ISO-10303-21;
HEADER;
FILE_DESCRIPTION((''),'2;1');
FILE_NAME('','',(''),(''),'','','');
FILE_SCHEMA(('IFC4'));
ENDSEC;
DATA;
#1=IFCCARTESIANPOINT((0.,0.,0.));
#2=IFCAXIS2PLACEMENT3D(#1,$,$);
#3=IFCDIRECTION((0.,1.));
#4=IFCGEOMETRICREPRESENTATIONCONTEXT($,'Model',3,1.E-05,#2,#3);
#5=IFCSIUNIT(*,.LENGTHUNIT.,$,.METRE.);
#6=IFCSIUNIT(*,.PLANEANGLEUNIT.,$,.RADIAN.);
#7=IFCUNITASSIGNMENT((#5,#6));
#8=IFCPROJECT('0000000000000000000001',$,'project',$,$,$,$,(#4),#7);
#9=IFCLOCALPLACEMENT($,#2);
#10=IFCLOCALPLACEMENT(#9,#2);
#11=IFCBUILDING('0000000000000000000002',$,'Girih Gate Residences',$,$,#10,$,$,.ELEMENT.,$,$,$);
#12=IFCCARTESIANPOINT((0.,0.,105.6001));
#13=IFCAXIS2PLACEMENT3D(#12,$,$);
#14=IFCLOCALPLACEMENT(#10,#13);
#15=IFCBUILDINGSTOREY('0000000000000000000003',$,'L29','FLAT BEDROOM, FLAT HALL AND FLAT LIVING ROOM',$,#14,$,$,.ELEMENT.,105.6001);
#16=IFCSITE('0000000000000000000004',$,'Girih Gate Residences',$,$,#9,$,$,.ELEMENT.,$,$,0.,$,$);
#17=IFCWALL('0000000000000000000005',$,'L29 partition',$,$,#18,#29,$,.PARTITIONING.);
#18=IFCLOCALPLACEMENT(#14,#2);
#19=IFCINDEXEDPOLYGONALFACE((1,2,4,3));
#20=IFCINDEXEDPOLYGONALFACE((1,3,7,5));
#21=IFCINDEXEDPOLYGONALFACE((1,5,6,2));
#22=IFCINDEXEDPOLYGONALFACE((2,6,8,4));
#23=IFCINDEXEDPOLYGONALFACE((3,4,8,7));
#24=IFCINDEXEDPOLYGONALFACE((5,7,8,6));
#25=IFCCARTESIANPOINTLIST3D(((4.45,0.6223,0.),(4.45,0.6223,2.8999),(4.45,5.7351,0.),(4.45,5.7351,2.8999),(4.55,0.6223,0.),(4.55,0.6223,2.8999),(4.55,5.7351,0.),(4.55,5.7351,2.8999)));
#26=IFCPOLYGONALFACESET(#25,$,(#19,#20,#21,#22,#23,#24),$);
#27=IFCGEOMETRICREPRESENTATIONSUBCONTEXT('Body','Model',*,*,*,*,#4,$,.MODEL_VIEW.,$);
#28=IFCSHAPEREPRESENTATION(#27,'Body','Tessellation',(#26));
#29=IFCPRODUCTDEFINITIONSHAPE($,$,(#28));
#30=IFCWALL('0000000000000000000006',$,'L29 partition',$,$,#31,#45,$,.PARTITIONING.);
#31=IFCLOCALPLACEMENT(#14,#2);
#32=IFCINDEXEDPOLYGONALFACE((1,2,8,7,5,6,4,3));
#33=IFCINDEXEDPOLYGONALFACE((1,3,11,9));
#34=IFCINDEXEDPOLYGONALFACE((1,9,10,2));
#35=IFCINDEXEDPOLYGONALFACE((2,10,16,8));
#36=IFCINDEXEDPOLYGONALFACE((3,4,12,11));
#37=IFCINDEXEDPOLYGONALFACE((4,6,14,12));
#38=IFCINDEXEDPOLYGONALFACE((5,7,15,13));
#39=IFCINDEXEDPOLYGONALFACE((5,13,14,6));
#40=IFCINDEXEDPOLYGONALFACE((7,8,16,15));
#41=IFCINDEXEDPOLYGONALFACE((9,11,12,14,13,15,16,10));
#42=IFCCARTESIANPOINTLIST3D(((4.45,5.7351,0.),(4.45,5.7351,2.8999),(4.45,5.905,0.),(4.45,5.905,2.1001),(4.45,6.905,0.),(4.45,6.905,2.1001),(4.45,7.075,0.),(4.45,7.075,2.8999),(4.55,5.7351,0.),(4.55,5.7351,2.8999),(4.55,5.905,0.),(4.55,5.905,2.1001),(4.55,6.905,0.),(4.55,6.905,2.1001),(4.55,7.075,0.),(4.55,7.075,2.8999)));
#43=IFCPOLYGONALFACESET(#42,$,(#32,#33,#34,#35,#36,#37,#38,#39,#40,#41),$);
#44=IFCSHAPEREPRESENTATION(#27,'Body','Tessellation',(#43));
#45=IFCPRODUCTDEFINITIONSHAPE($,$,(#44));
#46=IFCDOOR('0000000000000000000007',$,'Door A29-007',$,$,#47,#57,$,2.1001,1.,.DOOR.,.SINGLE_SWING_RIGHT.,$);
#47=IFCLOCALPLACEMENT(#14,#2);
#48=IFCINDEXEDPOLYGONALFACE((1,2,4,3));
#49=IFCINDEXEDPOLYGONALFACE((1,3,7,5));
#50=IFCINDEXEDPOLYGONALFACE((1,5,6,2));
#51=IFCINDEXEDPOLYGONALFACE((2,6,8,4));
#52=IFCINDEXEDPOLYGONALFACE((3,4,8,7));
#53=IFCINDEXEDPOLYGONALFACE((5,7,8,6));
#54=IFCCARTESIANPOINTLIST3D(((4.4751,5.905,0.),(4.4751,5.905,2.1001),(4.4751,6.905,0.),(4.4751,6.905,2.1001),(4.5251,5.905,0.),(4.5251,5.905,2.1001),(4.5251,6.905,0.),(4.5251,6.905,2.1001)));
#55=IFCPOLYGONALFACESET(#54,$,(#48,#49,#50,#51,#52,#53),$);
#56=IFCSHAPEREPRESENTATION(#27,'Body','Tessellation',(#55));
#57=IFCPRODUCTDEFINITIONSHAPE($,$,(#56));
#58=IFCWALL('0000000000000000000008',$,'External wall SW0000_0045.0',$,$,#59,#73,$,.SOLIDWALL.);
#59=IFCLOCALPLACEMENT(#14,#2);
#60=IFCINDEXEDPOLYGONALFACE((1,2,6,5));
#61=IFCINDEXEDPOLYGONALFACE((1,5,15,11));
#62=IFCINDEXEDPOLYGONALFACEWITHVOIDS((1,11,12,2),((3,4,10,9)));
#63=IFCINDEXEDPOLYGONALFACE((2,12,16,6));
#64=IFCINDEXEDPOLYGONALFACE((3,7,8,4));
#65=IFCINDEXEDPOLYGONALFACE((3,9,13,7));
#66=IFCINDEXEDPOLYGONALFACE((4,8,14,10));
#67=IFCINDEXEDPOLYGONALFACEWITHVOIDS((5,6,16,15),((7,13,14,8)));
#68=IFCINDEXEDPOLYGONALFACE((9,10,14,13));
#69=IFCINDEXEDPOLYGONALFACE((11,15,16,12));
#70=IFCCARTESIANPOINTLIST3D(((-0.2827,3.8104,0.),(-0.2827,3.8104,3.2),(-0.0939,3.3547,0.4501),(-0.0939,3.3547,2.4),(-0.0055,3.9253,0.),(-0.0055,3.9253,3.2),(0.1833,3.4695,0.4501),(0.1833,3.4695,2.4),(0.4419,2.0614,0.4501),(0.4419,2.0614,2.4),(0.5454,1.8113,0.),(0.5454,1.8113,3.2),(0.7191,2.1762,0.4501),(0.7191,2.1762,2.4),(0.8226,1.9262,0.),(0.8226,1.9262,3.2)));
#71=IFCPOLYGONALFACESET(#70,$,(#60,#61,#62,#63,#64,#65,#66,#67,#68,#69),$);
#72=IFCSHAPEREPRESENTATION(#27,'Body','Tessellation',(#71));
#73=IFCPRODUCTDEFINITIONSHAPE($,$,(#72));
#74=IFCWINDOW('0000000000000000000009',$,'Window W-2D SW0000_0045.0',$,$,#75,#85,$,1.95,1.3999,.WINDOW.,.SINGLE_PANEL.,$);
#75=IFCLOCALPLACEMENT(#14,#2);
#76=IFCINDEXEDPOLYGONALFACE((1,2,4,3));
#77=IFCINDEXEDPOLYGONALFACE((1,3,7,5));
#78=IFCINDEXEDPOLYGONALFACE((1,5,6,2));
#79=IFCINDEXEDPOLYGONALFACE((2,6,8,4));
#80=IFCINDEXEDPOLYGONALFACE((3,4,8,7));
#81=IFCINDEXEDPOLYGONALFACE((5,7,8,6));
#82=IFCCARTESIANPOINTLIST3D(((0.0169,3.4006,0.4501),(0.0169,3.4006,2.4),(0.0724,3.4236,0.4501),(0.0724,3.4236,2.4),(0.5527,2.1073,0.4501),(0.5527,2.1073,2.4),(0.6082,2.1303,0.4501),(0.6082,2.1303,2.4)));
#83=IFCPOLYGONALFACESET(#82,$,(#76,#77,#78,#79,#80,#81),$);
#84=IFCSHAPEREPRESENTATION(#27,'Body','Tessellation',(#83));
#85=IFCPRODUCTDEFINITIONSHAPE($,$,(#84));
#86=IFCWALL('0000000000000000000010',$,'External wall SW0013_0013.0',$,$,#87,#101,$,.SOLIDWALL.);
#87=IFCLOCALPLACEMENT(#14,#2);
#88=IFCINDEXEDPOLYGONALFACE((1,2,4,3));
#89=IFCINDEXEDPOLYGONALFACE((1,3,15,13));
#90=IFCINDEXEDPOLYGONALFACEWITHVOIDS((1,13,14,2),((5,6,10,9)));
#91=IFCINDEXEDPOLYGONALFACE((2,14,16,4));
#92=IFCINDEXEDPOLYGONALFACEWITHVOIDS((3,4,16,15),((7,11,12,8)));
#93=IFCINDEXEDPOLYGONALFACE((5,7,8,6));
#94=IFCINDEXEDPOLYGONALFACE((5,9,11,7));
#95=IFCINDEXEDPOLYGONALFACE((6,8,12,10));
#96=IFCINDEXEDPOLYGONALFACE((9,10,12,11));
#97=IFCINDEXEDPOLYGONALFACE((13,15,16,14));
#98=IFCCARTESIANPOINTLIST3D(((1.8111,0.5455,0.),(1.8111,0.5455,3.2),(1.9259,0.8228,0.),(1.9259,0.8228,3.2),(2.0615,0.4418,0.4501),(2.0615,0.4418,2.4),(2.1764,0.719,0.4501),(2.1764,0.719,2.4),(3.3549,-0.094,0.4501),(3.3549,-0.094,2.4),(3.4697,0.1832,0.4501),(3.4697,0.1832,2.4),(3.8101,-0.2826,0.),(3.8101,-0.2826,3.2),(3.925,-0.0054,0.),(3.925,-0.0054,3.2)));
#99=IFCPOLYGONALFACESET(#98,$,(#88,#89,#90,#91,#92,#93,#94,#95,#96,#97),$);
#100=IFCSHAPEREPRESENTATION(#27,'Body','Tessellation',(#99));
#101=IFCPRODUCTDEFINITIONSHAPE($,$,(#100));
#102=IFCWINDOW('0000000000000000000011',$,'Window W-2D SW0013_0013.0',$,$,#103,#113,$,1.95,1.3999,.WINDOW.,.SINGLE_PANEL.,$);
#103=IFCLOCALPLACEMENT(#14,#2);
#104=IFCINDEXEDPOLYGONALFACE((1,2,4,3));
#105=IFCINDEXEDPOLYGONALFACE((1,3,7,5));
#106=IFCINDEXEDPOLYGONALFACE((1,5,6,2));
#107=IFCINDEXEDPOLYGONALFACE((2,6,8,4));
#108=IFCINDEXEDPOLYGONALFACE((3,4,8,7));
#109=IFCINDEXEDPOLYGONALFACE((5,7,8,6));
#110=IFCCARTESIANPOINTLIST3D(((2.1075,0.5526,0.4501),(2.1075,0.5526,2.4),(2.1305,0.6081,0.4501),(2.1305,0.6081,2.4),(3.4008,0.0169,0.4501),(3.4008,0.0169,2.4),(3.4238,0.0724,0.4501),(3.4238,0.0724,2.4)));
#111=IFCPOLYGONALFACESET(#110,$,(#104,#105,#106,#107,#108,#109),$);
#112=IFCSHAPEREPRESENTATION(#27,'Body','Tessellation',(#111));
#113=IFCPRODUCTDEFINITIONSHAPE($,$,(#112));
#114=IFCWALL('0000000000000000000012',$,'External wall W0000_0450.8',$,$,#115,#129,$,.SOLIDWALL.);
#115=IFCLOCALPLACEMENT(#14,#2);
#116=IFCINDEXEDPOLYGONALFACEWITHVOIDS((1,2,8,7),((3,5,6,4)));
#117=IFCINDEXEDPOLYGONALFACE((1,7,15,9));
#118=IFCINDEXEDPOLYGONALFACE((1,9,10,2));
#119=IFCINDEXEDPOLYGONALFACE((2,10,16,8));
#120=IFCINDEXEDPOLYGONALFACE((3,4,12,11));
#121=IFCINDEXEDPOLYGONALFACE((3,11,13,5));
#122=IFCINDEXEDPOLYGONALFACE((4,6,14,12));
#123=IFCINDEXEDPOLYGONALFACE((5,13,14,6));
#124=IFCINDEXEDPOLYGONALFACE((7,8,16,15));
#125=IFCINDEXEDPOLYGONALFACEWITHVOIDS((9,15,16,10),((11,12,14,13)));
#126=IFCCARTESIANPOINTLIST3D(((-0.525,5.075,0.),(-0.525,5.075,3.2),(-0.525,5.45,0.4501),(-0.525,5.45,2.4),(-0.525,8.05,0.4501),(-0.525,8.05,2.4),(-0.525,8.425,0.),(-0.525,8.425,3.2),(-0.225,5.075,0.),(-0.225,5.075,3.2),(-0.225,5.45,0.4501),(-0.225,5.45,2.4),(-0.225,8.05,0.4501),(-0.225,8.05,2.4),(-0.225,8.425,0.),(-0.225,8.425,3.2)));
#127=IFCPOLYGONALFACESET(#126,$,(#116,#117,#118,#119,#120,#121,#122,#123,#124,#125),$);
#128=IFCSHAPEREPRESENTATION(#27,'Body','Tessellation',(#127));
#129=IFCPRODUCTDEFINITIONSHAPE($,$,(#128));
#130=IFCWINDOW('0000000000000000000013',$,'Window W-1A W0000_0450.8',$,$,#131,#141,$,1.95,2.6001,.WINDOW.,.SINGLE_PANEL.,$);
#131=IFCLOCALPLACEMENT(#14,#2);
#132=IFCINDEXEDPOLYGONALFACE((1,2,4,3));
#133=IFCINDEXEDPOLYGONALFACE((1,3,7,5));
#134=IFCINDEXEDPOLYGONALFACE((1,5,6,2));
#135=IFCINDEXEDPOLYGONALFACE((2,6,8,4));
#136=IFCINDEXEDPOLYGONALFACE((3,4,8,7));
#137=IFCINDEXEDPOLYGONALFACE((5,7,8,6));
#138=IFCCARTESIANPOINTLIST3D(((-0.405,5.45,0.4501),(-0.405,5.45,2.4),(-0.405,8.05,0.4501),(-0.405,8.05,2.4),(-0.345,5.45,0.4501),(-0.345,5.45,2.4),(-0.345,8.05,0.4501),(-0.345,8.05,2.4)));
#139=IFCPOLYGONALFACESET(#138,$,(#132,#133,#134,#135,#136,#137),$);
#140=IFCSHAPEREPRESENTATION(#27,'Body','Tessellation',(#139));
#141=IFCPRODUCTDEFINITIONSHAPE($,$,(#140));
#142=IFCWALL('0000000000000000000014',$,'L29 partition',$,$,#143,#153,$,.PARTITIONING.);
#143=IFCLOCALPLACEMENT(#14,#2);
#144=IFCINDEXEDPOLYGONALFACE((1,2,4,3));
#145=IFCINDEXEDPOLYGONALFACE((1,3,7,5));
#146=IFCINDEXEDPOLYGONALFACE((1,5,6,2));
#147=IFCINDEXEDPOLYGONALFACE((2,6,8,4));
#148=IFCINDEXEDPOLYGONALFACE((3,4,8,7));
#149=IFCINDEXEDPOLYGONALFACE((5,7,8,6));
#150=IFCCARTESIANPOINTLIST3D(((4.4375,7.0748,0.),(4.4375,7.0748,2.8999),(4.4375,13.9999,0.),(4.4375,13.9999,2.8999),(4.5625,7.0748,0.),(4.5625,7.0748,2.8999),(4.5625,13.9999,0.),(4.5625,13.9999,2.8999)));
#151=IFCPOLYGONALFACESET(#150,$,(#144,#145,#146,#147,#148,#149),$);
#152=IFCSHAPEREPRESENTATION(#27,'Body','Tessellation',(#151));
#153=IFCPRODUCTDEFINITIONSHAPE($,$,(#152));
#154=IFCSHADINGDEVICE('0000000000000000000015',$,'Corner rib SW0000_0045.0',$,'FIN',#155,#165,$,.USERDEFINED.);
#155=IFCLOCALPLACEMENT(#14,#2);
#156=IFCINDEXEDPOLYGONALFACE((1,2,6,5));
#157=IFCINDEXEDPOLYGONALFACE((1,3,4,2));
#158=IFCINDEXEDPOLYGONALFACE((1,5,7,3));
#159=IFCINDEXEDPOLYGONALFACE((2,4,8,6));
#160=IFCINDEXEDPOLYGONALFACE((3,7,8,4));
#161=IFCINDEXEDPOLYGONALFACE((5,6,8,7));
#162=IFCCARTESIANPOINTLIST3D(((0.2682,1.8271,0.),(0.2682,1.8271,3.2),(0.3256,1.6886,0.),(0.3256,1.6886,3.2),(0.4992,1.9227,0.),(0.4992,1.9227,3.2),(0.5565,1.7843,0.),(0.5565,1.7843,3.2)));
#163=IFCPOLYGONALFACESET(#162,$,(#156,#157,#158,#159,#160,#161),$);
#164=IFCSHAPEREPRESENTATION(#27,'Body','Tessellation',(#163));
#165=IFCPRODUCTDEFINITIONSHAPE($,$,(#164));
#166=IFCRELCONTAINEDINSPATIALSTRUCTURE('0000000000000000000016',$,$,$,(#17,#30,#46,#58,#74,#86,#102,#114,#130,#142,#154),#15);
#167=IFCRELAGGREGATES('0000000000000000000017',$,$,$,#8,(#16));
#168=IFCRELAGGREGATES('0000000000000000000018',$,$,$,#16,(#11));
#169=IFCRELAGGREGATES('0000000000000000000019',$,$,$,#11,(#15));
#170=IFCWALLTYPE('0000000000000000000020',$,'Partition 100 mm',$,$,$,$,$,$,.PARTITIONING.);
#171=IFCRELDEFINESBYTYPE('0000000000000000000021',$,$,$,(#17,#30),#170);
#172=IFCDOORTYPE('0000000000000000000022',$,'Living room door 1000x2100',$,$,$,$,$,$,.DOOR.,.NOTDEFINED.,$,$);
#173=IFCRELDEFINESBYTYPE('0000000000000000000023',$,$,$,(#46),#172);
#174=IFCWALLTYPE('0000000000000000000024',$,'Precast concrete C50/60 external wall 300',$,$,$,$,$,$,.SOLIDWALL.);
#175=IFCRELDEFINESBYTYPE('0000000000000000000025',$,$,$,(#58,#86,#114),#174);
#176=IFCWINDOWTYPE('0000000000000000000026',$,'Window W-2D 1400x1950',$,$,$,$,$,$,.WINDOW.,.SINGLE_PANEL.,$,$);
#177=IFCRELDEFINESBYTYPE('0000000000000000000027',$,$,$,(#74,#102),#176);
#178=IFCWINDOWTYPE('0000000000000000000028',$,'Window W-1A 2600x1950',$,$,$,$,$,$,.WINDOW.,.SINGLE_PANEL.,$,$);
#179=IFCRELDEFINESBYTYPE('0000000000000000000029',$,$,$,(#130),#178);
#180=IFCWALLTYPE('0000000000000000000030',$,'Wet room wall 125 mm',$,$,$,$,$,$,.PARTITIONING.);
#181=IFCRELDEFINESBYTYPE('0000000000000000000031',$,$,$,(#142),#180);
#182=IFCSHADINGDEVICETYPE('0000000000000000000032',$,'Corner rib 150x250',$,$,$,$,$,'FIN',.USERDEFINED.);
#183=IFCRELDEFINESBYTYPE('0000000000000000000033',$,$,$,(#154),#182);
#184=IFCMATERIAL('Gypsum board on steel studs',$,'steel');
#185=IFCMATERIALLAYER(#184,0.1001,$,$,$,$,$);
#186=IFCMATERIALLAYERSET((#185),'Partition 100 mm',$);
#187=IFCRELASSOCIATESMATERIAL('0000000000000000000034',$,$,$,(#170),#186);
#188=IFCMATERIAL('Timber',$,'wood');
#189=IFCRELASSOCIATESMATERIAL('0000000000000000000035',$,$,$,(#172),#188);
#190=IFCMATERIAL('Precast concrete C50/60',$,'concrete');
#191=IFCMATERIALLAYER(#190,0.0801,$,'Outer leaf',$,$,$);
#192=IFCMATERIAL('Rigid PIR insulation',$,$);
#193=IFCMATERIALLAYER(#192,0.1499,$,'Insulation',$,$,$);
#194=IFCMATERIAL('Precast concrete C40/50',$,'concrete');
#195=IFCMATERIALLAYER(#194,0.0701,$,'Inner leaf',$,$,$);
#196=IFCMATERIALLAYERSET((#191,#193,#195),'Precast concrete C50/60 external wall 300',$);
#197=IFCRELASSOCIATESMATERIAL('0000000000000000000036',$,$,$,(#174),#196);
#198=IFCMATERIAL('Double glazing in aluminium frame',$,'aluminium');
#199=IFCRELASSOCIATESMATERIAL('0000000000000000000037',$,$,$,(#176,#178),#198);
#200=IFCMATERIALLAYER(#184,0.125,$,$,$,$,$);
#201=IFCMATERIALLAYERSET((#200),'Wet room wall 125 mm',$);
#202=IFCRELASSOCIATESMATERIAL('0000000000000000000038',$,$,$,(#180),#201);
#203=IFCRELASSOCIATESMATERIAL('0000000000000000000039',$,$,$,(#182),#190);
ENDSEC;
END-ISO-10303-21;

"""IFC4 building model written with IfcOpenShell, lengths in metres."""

from ifc_helpers import new_model, si_unit, direction, frame, frame_2d, origin, origin_2d, place, context, subcontext, project, spatial, rectangle, extrude, material, layer, layer_set, type_object, element, fill, save


model = new_model("IFC4")

# Units and contexts
model_context = context("Model", 3, precision=1e-05, world=origin(), true_north=direction((0.0, 1.0)))
body_context = subcontext(model_context, "Body", "Model", "MODEL_VIEW")
ifc_project = project(units=[si_unit("LENGTHUNIT", "METRE"), si_unit("PLANEANGLEUNIT", "RADIAN")], contexts=[model_context])

# Site, building, storey
site_placement = place(None, origin())
site = spatial("IfcSite", under=ifc_project, at=site_placement, Name="Girih Gate Residences", CompositionType="ELEMENT", RefElevation=0.0)
building_placement = place(site_placement, origin())
building = spatial("IfcBuilding", under=site, at=building_placement, Name="Girih Gate Residences", CompositionType="ELEMENT")
storey_placement = place(building_placement, frame((0.0, 0.0, 105.6001)))
storey = spatial("IfcBuildingStorey", under=building, at=storey_placement, Name="L29", Description="FLAT BEDROOM, FLAT HALL AND FLAT LIVING ROOM", CompositionType="ELEMENT", Elevation=105.6001)

# Wall
ifc_material_1 = material(Name="Gypsum board on steel studs", Category="steel")
ifc_layer_1 = layer(ifc_material_1, 0.1001)
ifc_layer_set_1 = layer_set([ifc_layer_1], Name="Partition 100 mm")
wall_type_1 = type_object("IfcWallType", Name="Partition 100 mm", PredefinedType="PARTITIONING", material=ifc_layer_set_1)
wall_1_placement = place(storey_placement, frame((4.5, 0.6223, 0.0), z_axis=(0.0, 0.0, 1.0), x_axis=(0.0, 1.0, 0.0)))
element("IfcWall", 1, at=wall_1_placement, inside=storey, type_object=wall_type_1, Name="L29 partition", PredefinedType="PARTITIONING", context=body_context, shape_type="SweptSolid", body=[
    extrude(rectangle(XDim=5.1128, YDim=0.1001, at=frame_2d((2.5564, 0.0))), origin(), (0.0, 0.0, 1.0), 2.8999),
])

# Wall, opening, door
wall_2_placement = place(storey_placement, frame((4.5, 5.7351, 0.0), z_axis=(0.0, 0.0, 1.0), x_axis=(0.0, 1.0, 0.0)))
wall_2 = element("IfcWall", 2, at=wall_2_placement, inside=storey, type_object=wall_type_1, Name="L29 partition", PredefinedType="PARTITIONING", context=body_context, shape_type="SweptSolid", body=[
    extrude(rectangle(XDim=1.3398, YDim=0.1001, at=frame_2d((0.6699, 0.0))), origin(), (0.0, 0.0, 1.0), 2.8999),
])
opening_1_placement = place(wall_2_placement, frame((0.1699, 0.0, 0.0)))
opening_1 = element("IfcOpeningElement", 3, at=opening_1_placement, cuts=wall_2, PredefinedType="OPENING", context=body_context, shape_type="SweptSolid", body=[
    extrude(rectangle(XDim=1.0, YDim=2.1001, at=frame_2d((0.5, 1.05))), frame((0.0, 0.0601, 0.0), z_axis=(0.0, -1.0, 0.0), x_axis=(1.0, 0.0, 0.0)), (0.0, 0.0, 1.0), 0.1201),
])
ifc_material_2 = material(Name="Timber", Category="wood")
door_type = type_object("IfcDoorType", Name="Living room door 1000x2100", OperationType="NOTDEFINED", PredefinedType="DOOR", material=ifc_material_2)
door_placement = place(opening_1_placement, origin())
door = element("IfcDoor", 4, at=door_placement, inside=storey, type_object=door_type, Name="Door A29-007", OperationType="SINGLE_SWING_RIGHT", OverallHeight=2.1001, OverallWidth=1.0, PredefinedType="DOOR", context=body_context, shape_type="SweptSolid", body=[
    extrude(rectangle(XDim=1.0, YDim=2.1001, at=frame_2d((0.5, 1.05))), frame((0.0, 0.0249, 0.0), z_axis=(0.0, -1.0, 0.0), x_axis=(1.0, 0.0, 0.0)), (0.0, 0.0, 1.0), 0.05),
])
fill(opening_1, door)

# Walls, openings, windows
ifc_material_3 = material(Name="Precast concrete C50/60", Category="concrete")
ifc_layer_2 = layer(ifc_material_3, 0.0801, Name="Outer leaf")
ifc_material_4 = material(Name="Rigid PIR insulation")
ifc_layer_3 = layer(ifc_material_4, 0.1499, Name="Insulation")
ifc_material_5 = material(Name="Precast concrete C40/50", Category="concrete")
ifc_layer_4 = layer(ifc_material_5, 0.0701, Name="Inner leaf")
ifc_layer_set_2 = layer_set([ifc_layer_2, ifc_layer_3, ifc_layer_4], Name="Precast concrete C50/60 external wall 300")
wall_type_2 = type_object("IfcWallType", Name="Precast concrete C50/60 external wall 300", PredefinedType="SOLIDWALL", material=ifc_layer_set_2)
wall_3_placement = place(storey_placement, frame((0.6841, 1.8687, 0.0), z_axis=(0.0, 0.0, 1.0), x_axis=(-0.382724, 0.923863, 0.0)))
wall_3 = element("IfcWall", 5, at=wall_3_placement, inside=storey, type_object=wall_type_2, Name="External wall SW0000_0045.0", PredefinedType="SOLIDWALL", context=body_context, shape_type="SweptSolid", body=[
    extrude(rectangle(XDim=2.1638, YDim=0.3, at=frame_2d((1.082, 0.0))), origin(), (0.0, 0.0, 1.0), 3.2),
])
opening_2_placement = place(wall_3_placement, frame((0.2708, 0.0, 0.45)))
opening_2 = element("IfcOpeningElement", 6, at=opening_2_placement, cuts=wall_3, PredefinedType="OPENING", context=body_context, shape_type="SweptSolid", body=[
    extrude(rectangle(XDim=1.3999, YDim=1.95, at=frame_2d((0.7, 0.9751))), frame((0.0, 0.1599, 0.0), z_axis=(0.0, -1.0, 0.0), x_axis=(1.0, 0.0, 0.0)), (0.0, 0.0, 1.0), 0.3201),
])
ifc_material_6 = material(Name="Double glazing in aluminium frame", Category="aluminium")
window_type_1 = type_object("IfcWindowType", Name="Window W-2D 1400x1950", PartitioningType="SINGLE_PANEL", PredefinedType="WINDOW", material=ifc_material_6)
window_1_placement = place(opening_2_placement, origin())
window_1 = element("IfcWindow", 7, at=window_1_placement, inside=storey, type_object=window_type_1, Name="Window W-2D SW0000_0045.0", OverallHeight=1.95, OverallWidth=1.3999, PartitioningType="SINGLE_PANEL", PredefinedType="WINDOW", context=body_context, shape_type="SweptSolid", body=[
    extrude(rectangle(XDim=1.3999, YDim=1.95, at=frame_2d((0.7, 0.9751))), frame((0.0, 0.03, 0.0), z_axis=(0.0, -1.0, 0.0), x_axis=(1.0, 0.0, 0.0)), (0.0, 0.0, 1.0), 0.0601),
])
fill(opening_2, window_1)
wall_4_placement = place(storey_placement, frame((3.8677, -0.144, 0.0), z_axis=(0.0, 0.0, 1.0), x_axis=(-0.923863, 0.382724, 0.0)))
wall_4 = element("IfcWall", 8, at=wall_4_placement, inside=storey, type_object=wall_type_2, Name="External wall SW0013_0013.0", PredefinedType="SOLIDWALL", context=body_context, shape_type="SweptSolid", body=[
    extrude(rectangle(XDim=2.1638, YDim=0.3, at=frame_2d((1.082, 0.0))), origin(), (0.0, 0.0, 1.0), 3.2),
])
opening_3_placement = place(wall_4_placement, frame((0.4929, 0.0, 0.45)))
opening_3 = element("IfcOpeningElement", 9, at=opening_3_placement, cuts=wall_4, PredefinedType="OPENING", context=body_context, shape_type="SweptSolid", body=[
    extrude(rectangle(XDim=1.3999, YDim=1.95, at=frame_2d((0.7, 0.9751))), frame((0.0, 0.1599, 0.0), z_axis=(0.0, -1.0, 0.0), x_axis=(1.0, 0.0, 0.0)), (0.0, 0.0, 1.0), 0.3201),
])
window_2_placement = place(opening_3_placement, origin())
window_2 = element("IfcWindow", 10, at=window_2_placement, inside=storey, type_object=window_type_1, Name="Window W-2D SW0013_0013.0", OverallHeight=1.95, OverallWidth=1.3999, PartitioningType="SINGLE_PANEL", PredefinedType="WINDOW", context=body_context, shape_type="SweptSolid", body=[
    extrude(rectangle(XDim=1.3999, YDim=1.95, at=frame_2d((0.7, 0.9751))), frame((0.0, 0.03, 0.0), z_axis=(0.0, -1.0, 0.0), x_axis=(1.0, 0.0, 0.0)), (0.0, 0.0, 1.0), 0.0601),
])
fill(opening_3, window_2)
wall_5_placement = place(storey_placement, frame((-0.375, 5.075, 0.0), z_axis=(0.0, 0.0, 1.0), x_axis=(0.0, 1.0, 0.0)))
wall_5 = element("IfcWall", 11, at=wall_5_placement, inside=storey, type_object=wall_type_2, Name="External wall W0000_0450.8", PredefinedType="SOLIDWALL", context=body_context, shape_type="SweptSolid", body=[
    extrude(rectangle(XDim=3.3501, YDim=0.3, at=frame_2d((1.675, 0.0))), origin(), (0.0, 0.0, 1.0), 3.2),
])
opening_4_placement = place(wall_5_placement, frame((0.375, 0.0, 0.45)))
opening_4 = element("IfcOpeningElement", 12, at=opening_4_placement, cuts=wall_5, PredefinedType="OPENING", context=body_context, shape_type="SweptSolid", body=[
    extrude(rectangle(XDim=2.6001, YDim=1.95, at=frame_2d((1.3, 0.9751))), frame((0.0, 0.1599, 0.0), z_axis=(0.0, -1.0, 0.0), x_axis=(1.0, 0.0, 0.0)), (0.0, 0.0, 1.0), 0.3201),
])
window_type_2 = type_object("IfcWindowType", Name="Window W-1A 2600x1950", PartitioningType="SINGLE_PANEL", PredefinedType="WINDOW", material=ifc_material_6)
window_3_placement = place(opening_4_placement, origin())
window_3 = element("IfcWindow", 13, at=window_3_placement, inside=storey, type_object=window_type_2, Name="Window W-1A W0000_0450.8", OverallHeight=1.95, OverallWidth=2.6001, PartitioningType="SINGLE_PANEL", PredefinedType="WINDOW", context=body_context, shape_type="SweptSolid", body=[
    extrude(rectangle(XDim=2.6001, YDim=1.95, at=frame_2d((1.3, 0.9751))), frame((0.0, 0.03, 0.0), z_axis=(0.0, -1.0, 0.0), x_axis=(1.0, 0.0, 0.0)), (0.0, 0.0, 1.0), 0.0601),
])
fill(opening_4, window_3)

# Wall
ifc_layer_5 = layer(ifc_material_1, 0.125)
ifc_layer_set_3 = layer_set([ifc_layer_5], Name="Wet room wall 125 mm")
wall_type_3 = type_object("IfcWallType", Name="Wet room wall 125 mm", PredefinedType="PARTITIONING", material=ifc_layer_set_3)
wall_6_placement = place(storey_placement, frame((4.5, 7.075, 0.0), z_axis=(0.0, 0.0, 1.0), x_axis=(0.0, 1.0, 0.0)))
element("IfcWall", 14, at=wall_6_placement, inside=storey, type_object=wall_type_3, Name="L29 partition", PredefinedType="PARTITIONING", context=body_context, shape_type="SweptSolid", body=[
    extrude(rectangle(XDim=6.925, YDim=0.125, at=frame_2d((3.4624, 0.0))), origin(), (0.0, 0.0, 1.0), 2.8999),
])

# Shading device
shading_device_type = type_object("IfcShadingDeviceType", Name="Corner rib 150x250", ElementType="FIN", PredefinedType="USERDEFINED", material=ifc_material_3)
for number, where, z_axis, x_axis, name in (
    (15, (0.4124, 1.8057, 0.0), (0.0, 0.0, 1.0), (0.382683, -0.92388, 0.0), "Corner rib SW0000_0045.0"),
):
    element("IfcShadingDevice", number, at=place(storey_placement, frame(where, z_axis=z_axis, x_axis=x_axis)), inside=storey, type_object=shading_device_type, Name=name, ObjectType="FIN", PredefinedType="USERDEFINED", context=body_context, shape_type="SweptSolid", body=[
        extrude(rectangle(XDim=0.1499, YDim=0.25, at=origin_2d()), origin(), (0.0, 0.0, 1.0), 3.2),
    ])

save(model, "model.ifc")
